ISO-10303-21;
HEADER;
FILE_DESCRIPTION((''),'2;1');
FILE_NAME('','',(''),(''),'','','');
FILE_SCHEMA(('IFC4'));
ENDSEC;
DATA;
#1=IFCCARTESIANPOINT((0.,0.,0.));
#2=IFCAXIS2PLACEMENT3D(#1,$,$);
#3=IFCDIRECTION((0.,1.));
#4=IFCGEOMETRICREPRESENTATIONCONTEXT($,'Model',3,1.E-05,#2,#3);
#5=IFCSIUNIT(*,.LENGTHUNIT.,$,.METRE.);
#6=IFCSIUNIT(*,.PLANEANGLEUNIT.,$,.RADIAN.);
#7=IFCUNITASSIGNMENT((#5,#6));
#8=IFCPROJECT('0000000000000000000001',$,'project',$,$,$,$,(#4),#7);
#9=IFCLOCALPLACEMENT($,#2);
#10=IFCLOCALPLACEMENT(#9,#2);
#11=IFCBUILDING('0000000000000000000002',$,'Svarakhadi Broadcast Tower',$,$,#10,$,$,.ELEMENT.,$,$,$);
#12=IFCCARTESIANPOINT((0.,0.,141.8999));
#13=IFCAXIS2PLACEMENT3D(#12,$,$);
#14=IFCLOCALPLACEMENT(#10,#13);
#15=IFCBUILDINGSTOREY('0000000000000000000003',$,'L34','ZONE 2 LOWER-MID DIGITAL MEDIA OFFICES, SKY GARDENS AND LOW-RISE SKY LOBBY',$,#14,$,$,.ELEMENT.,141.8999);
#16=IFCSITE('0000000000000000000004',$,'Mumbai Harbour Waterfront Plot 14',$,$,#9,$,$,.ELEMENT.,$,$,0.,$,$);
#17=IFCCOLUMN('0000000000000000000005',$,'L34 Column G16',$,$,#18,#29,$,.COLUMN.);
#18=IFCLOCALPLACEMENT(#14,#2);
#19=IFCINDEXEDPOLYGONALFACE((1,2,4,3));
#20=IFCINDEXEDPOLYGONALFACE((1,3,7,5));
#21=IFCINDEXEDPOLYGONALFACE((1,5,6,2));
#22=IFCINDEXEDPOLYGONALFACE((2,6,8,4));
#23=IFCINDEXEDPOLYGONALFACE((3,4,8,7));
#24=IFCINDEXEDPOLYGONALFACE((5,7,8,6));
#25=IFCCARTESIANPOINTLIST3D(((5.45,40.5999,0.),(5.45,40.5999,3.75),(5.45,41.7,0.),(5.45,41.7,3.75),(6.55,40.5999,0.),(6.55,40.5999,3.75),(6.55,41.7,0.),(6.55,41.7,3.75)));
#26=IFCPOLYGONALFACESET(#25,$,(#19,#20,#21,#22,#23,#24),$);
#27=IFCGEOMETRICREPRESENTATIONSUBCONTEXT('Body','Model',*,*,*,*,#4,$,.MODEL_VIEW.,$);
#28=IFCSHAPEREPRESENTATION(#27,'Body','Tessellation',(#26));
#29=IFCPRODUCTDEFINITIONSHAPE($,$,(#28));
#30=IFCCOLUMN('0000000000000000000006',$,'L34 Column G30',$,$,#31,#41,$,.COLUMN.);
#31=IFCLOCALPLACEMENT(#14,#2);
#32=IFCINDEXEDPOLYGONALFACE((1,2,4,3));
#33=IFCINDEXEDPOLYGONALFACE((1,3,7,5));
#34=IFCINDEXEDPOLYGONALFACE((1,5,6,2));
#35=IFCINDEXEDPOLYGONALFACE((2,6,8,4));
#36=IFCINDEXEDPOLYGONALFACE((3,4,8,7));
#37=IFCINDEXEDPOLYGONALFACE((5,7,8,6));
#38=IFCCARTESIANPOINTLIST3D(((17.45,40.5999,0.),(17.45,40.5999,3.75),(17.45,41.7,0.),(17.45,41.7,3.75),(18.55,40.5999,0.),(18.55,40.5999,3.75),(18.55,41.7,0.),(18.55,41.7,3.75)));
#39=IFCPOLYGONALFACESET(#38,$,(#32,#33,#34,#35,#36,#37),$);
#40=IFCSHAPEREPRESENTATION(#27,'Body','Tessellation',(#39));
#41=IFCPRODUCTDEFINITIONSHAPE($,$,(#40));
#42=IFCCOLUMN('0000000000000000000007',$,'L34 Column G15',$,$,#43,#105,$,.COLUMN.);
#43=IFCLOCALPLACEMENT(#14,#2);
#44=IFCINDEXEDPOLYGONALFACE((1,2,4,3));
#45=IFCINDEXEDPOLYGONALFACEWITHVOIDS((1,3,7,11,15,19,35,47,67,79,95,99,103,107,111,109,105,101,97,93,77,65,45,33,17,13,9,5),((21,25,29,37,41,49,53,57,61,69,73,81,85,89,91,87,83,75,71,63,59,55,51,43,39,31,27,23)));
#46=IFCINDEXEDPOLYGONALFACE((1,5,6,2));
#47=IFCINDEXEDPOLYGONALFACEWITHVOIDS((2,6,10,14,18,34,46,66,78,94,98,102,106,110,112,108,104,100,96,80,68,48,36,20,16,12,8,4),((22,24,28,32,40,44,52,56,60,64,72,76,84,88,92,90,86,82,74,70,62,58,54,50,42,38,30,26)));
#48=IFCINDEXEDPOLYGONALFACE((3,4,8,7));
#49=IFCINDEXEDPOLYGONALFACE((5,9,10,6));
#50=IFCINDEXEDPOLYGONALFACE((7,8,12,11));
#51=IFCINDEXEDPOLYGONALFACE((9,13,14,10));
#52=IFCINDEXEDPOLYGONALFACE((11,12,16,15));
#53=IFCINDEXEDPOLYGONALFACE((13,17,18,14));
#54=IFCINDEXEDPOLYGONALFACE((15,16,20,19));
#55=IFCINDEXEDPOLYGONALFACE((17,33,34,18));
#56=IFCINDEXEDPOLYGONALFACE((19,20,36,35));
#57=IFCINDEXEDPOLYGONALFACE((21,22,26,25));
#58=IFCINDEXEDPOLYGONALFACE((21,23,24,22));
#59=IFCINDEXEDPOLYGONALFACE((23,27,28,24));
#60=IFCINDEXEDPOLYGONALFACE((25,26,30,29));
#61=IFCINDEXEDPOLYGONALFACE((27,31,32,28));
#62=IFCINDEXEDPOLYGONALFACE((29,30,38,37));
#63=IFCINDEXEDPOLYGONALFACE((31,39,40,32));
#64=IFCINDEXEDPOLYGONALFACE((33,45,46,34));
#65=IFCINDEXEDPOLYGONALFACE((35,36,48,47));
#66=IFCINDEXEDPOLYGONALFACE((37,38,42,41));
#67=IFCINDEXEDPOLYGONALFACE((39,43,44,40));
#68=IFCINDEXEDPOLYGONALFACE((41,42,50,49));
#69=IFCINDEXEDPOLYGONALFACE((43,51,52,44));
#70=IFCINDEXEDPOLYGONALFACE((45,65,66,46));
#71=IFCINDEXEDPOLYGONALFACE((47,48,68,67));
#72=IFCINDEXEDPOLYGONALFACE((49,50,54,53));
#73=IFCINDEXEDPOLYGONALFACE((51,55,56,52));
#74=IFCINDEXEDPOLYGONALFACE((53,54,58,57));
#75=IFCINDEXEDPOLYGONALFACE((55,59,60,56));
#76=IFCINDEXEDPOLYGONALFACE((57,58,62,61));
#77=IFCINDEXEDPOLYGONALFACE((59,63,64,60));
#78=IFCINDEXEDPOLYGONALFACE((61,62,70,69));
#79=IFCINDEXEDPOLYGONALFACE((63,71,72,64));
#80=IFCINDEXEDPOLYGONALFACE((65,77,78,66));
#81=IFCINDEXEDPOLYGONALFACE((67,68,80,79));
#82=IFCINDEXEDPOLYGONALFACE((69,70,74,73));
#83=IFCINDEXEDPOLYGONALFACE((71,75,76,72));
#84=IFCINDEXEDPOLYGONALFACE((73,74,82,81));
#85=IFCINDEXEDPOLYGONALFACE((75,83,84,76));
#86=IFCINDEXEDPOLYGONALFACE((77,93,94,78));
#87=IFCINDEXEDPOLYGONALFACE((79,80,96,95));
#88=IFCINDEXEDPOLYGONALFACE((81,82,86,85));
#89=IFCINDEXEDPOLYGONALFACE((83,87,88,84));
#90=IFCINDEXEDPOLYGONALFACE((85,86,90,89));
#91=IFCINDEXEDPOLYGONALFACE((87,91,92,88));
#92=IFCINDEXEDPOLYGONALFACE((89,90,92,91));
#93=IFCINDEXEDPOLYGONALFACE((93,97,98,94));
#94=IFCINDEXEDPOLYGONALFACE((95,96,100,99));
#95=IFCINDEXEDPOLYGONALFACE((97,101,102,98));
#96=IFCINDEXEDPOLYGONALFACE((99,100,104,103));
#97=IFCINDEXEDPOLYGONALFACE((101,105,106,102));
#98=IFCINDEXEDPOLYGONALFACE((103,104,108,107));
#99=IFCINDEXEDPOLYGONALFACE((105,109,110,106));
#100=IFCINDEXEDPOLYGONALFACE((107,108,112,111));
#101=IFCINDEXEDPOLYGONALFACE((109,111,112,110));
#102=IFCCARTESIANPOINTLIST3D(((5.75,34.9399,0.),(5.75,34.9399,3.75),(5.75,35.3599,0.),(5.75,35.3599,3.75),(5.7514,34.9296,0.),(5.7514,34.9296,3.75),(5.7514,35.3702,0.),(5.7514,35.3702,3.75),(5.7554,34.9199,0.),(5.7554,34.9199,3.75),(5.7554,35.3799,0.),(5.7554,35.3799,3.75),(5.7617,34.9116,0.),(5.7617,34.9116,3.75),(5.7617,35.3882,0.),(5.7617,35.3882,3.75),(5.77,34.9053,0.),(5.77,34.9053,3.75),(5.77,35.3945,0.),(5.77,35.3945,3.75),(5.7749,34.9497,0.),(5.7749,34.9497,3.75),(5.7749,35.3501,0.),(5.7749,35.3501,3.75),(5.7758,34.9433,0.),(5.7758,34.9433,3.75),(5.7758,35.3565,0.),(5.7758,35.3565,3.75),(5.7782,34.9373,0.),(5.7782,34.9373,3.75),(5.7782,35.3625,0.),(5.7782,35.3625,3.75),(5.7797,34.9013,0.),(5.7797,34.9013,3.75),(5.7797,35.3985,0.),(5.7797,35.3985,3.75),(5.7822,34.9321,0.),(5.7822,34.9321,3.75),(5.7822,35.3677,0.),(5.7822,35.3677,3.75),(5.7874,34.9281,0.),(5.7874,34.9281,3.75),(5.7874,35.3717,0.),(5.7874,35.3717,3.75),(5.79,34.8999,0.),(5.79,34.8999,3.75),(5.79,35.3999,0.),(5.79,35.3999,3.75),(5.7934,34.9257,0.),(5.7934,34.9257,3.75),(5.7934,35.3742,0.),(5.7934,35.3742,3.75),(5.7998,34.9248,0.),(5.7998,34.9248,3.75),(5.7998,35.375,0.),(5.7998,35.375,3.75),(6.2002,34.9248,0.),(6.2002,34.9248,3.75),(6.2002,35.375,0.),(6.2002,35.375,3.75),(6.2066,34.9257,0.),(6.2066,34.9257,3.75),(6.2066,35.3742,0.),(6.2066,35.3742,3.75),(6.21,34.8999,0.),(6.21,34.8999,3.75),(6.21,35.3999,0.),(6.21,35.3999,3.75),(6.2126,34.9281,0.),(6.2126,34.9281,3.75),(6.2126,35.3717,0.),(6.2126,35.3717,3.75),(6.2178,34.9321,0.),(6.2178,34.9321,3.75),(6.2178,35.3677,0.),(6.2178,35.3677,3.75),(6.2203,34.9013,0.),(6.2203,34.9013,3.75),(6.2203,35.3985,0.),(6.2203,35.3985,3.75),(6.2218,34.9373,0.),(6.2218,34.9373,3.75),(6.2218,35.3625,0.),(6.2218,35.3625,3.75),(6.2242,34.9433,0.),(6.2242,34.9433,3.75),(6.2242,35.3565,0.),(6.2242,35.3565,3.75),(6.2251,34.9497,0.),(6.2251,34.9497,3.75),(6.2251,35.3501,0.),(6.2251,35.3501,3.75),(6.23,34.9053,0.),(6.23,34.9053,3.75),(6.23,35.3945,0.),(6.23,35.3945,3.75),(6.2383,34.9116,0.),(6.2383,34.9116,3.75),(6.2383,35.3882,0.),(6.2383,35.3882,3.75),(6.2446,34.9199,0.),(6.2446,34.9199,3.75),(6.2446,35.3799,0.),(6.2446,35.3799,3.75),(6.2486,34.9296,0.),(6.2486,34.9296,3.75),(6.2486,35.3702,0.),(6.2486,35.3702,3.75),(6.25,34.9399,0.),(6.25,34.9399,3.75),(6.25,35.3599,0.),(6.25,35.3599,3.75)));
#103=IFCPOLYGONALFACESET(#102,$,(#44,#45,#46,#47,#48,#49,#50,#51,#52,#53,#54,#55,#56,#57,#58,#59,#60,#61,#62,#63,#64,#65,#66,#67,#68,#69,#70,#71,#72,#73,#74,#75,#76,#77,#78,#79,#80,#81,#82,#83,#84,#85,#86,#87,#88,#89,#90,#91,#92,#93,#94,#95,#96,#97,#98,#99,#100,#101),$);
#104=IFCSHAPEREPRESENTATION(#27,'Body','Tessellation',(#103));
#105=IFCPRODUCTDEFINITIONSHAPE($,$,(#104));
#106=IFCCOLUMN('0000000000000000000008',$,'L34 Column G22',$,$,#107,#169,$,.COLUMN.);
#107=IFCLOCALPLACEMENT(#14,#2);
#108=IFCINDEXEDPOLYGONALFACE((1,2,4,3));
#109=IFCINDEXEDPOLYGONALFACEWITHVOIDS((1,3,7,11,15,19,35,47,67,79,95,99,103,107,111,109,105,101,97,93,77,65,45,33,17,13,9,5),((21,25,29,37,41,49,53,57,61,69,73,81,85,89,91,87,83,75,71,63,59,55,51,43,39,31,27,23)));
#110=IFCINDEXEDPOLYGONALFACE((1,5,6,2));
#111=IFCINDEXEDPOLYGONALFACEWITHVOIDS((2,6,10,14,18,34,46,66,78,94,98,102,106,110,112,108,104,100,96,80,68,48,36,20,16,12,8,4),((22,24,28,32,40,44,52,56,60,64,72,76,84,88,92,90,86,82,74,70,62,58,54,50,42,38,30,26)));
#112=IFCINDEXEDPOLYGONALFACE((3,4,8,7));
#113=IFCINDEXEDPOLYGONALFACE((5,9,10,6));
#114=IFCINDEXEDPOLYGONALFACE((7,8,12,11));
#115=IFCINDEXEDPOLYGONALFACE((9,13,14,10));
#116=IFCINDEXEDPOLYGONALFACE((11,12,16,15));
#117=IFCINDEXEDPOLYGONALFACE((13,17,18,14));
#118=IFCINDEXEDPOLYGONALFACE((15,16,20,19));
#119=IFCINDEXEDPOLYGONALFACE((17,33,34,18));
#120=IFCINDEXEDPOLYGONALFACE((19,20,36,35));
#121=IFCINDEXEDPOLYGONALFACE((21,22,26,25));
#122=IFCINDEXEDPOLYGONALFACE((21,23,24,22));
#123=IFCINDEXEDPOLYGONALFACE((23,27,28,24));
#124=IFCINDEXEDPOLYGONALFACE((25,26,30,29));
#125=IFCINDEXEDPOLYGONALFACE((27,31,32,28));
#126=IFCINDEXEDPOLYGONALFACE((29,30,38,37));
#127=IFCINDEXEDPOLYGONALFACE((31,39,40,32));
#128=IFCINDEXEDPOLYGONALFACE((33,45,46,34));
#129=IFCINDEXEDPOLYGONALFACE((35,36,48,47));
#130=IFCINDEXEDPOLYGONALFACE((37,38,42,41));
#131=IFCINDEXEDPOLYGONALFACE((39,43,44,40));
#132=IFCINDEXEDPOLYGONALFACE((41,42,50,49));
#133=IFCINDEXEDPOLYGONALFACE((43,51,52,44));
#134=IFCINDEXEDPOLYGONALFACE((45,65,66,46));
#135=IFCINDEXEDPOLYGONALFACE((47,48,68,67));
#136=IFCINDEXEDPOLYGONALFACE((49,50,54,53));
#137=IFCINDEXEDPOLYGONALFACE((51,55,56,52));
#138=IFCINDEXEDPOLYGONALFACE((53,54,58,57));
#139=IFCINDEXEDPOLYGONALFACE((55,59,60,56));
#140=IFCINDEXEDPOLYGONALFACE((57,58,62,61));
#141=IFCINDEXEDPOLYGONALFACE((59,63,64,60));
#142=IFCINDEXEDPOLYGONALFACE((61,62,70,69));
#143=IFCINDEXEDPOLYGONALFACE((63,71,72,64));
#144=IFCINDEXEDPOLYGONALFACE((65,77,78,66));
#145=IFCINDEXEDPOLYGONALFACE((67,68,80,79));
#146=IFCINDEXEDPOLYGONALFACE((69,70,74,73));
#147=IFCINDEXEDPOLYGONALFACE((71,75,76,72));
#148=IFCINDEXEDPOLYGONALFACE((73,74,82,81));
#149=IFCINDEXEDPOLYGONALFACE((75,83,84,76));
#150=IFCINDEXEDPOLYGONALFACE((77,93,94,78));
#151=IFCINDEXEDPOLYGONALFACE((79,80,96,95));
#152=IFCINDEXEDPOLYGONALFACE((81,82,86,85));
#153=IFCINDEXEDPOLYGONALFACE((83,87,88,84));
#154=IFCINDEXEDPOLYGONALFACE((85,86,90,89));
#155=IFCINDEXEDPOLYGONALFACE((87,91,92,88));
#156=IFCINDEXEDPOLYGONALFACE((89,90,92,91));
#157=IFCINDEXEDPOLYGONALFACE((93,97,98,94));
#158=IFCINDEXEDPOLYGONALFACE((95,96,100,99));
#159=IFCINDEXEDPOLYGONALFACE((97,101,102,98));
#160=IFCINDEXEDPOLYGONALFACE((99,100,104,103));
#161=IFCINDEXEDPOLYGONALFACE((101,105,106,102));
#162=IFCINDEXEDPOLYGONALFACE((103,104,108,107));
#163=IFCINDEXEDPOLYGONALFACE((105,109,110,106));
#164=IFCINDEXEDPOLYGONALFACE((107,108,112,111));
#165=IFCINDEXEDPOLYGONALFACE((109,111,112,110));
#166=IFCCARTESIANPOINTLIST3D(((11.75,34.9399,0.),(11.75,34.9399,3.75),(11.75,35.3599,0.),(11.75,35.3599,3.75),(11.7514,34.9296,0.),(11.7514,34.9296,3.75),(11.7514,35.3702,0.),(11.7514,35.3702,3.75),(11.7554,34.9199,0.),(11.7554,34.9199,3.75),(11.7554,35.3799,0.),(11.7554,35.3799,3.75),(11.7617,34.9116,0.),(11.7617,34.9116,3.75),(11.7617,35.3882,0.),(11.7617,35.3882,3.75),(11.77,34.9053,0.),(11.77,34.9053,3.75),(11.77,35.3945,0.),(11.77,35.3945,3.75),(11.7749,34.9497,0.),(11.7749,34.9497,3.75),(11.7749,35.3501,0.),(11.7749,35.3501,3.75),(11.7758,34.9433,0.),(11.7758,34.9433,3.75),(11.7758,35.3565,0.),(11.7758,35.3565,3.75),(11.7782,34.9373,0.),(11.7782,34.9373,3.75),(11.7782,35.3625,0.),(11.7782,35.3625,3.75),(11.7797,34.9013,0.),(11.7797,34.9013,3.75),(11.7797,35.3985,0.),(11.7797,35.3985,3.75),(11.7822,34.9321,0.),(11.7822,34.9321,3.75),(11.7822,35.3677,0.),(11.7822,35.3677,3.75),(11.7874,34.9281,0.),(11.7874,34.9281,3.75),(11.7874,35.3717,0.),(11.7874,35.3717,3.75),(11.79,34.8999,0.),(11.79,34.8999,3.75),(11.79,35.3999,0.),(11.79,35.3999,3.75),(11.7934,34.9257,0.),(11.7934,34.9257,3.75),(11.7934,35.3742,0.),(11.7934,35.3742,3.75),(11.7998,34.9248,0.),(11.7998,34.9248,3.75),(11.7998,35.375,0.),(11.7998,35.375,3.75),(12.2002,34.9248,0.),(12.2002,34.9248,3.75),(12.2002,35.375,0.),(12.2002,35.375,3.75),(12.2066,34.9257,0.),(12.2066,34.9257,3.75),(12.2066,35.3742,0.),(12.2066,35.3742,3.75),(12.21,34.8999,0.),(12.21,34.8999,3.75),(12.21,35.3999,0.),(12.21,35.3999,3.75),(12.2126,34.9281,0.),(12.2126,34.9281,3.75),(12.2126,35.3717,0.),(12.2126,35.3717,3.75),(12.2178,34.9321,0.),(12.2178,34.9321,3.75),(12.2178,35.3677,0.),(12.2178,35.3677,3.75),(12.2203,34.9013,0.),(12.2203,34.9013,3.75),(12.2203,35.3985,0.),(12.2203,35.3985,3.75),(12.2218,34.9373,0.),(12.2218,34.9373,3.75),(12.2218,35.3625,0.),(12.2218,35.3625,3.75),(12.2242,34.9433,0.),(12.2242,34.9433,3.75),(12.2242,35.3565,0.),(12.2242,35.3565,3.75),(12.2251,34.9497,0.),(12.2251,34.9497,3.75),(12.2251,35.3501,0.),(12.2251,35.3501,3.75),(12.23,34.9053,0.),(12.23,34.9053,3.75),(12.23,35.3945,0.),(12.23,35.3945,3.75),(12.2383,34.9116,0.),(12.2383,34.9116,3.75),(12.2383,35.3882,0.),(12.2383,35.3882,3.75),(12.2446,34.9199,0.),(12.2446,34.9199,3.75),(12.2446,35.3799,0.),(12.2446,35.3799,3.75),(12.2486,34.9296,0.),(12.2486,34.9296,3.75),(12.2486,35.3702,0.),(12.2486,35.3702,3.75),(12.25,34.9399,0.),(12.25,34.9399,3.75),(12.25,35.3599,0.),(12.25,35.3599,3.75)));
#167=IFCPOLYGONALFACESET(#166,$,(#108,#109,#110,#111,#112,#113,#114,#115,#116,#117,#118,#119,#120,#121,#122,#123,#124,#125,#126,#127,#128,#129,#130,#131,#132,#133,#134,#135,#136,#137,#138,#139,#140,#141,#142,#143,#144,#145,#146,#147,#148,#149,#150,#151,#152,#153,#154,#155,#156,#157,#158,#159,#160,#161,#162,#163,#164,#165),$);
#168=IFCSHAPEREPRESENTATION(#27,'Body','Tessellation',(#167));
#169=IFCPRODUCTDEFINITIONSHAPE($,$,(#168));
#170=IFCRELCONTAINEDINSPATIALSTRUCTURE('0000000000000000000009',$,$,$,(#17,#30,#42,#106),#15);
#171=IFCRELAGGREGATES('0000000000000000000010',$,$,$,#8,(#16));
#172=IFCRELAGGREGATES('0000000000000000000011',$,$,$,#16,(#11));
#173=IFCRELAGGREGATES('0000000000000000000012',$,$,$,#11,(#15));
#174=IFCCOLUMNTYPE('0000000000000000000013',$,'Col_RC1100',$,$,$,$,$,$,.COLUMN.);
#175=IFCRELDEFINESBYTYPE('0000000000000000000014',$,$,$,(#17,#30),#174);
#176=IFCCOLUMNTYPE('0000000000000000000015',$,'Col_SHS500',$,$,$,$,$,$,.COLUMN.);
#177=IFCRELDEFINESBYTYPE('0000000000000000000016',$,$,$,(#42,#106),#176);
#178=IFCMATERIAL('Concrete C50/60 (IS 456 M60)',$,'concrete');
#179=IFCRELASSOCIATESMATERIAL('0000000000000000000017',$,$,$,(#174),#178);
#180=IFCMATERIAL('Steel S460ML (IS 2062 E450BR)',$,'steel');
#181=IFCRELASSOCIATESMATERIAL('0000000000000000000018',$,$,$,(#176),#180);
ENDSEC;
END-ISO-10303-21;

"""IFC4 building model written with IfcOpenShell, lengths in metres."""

from ifc_helpers import new_model, si_unit, direction, frame, origin, origin_2d, place, context, subcontext, project, spatial, rectangle, hollow_rectangle, extrude, material, material_profile, profile_set, type_object, element, save


model = new_model("IFC4")

# Units and contexts
model_context = context("Model", 3, precision=1e-05, world=origin(), true_north=direction((0.0, 1.0)))
body_context = subcontext(model_context, "Body", "Model", "MODEL_VIEW")
ifc_project = project(units=[si_unit("LENGTHUNIT", "METRE"), si_unit("PLANEANGLEUNIT", "RADIAN")], contexts=[model_context])

# Site, building, storey
site_placement = place(None, origin())
site = spatial("IfcSite", under=ifc_project, at=site_placement, Name="Mumbai Harbour Waterfront Plot 14", CompositionType="ELEMENT", RefElevation=0.0)
building_placement = place(site_placement, origin())
building = spatial("IfcBuilding", under=site, at=building_placement, Name="Svarakhadi Broadcast Tower", CompositionType="ELEMENT")
storey_placement = place(building_placement, frame((0.0, 0.0, 141.8999)))
storey = spatial("IfcBuildingStorey", under=building, at=storey_placement, Name="L34", Description="ZONE 2 LOWER-MID DIGITAL MEDIA OFFICES, SKY GARDENS AND LOW-RISE SKY LOBBY", CompositionType="ELEMENT", Elevation=141.8999)

# Columns
ifc_material_1 = material(Name="Concrete C50/60 (IS 456 M60)", Category="concrete")
ifc_material_profile_1 = material_profile(ifc_material_1, rectangle(XDim=1.1001, YDim=1.1001, at=origin_2d()), Name="RC 1100x1100")
ifc_profile_set_1 = profile_set([ifc_material_profile_1], Name="Concrete C50/60 (IS 456 M60)")
column_type_1 = type_object("IfcColumnType", Name="Col_RC1100", PredefinedType="COLUMN", material=ifc_profile_set_1)
for number, where, z_axis, x_axis, name in (
    (1, (6.0, 41.1499, 0.0), (0.0, 0.0, 1.0), (1.0, 0.0, 0.0), "L34 Column G16"),
    (2, (18.0, 41.1499, 0.0), (0.0, 0.0, 1.0), (1.0, 0.0, 0.0), "L34 Column G30"),
):
    element("IfcColumn", number, at=place(storey_placement, frame(where, z_axis=z_axis, x_axis=x_axis)), inside=storey, type_object=column_type_1, Name=name, PredefinedType="COLUMN", context=body_context, shape_type="SweptSolid", body=[
        extrude(rectangle(XDim=1.1001, YDim=1.1001, at=origin_2d()), origin(), (0.0, 0.0, 1.0), 3.75),
    ])
ifc_material_2 = material(Name="Steel S460ML (IS 2062 E450BR)", Category="steel")
ifc_material_profile_2 = material_profile(ifc_material_2, hollow_rectangle(XDim=0.5, YDim=0.5, WallThickness=0.0249, InnerFilletRadius=0.0249, OuterFilletRadius=0.04, at=origin_2d()), Name="SHS 500x500x25")
ifc_profile_set_2 = profile_set([ifc_material_profile_2], Name="Steel S460ML (IS 2062 E450BR)")
column_type_2 = type_object("IfcColumnType", Name="Col_SHS500", PredefinedType="COLUMN", material=ifc_profile_set_2)
for number, where, z_axis, x_axis, name in (
    (3, (6.0, 35.1499, 0.0), (0.0, 0.0, 1.0), (1.0, 0.0, 0.0), "L34 Column G15"),
    (4, (12.0, 35.1499, 0.0), (0.0, 0.0, 1.0), (1.0, 0.0, 0.0), "L34 Column G22"),
):
    element("IfcColumn", number, at=place(storey_placement, frame(where, z_axis=z_axis, x_axis=x_axis)), inside=storey, type_object=column_type_2, Name=name, PredefinedType="COLUMN", context=body_context, shape_type="SweptSolid", body=[
        extrude(hollow_rectangle(XDim=0.5, YDim=0.5, WallThickness=0.0249, InnerFilletRadius=0.0249, OuterFilletRadius=0.04, at=origin_2d()), origin(), (0.0, 0.0, 1.0), 3.75),
    ])

save(model, "model.ifc")
